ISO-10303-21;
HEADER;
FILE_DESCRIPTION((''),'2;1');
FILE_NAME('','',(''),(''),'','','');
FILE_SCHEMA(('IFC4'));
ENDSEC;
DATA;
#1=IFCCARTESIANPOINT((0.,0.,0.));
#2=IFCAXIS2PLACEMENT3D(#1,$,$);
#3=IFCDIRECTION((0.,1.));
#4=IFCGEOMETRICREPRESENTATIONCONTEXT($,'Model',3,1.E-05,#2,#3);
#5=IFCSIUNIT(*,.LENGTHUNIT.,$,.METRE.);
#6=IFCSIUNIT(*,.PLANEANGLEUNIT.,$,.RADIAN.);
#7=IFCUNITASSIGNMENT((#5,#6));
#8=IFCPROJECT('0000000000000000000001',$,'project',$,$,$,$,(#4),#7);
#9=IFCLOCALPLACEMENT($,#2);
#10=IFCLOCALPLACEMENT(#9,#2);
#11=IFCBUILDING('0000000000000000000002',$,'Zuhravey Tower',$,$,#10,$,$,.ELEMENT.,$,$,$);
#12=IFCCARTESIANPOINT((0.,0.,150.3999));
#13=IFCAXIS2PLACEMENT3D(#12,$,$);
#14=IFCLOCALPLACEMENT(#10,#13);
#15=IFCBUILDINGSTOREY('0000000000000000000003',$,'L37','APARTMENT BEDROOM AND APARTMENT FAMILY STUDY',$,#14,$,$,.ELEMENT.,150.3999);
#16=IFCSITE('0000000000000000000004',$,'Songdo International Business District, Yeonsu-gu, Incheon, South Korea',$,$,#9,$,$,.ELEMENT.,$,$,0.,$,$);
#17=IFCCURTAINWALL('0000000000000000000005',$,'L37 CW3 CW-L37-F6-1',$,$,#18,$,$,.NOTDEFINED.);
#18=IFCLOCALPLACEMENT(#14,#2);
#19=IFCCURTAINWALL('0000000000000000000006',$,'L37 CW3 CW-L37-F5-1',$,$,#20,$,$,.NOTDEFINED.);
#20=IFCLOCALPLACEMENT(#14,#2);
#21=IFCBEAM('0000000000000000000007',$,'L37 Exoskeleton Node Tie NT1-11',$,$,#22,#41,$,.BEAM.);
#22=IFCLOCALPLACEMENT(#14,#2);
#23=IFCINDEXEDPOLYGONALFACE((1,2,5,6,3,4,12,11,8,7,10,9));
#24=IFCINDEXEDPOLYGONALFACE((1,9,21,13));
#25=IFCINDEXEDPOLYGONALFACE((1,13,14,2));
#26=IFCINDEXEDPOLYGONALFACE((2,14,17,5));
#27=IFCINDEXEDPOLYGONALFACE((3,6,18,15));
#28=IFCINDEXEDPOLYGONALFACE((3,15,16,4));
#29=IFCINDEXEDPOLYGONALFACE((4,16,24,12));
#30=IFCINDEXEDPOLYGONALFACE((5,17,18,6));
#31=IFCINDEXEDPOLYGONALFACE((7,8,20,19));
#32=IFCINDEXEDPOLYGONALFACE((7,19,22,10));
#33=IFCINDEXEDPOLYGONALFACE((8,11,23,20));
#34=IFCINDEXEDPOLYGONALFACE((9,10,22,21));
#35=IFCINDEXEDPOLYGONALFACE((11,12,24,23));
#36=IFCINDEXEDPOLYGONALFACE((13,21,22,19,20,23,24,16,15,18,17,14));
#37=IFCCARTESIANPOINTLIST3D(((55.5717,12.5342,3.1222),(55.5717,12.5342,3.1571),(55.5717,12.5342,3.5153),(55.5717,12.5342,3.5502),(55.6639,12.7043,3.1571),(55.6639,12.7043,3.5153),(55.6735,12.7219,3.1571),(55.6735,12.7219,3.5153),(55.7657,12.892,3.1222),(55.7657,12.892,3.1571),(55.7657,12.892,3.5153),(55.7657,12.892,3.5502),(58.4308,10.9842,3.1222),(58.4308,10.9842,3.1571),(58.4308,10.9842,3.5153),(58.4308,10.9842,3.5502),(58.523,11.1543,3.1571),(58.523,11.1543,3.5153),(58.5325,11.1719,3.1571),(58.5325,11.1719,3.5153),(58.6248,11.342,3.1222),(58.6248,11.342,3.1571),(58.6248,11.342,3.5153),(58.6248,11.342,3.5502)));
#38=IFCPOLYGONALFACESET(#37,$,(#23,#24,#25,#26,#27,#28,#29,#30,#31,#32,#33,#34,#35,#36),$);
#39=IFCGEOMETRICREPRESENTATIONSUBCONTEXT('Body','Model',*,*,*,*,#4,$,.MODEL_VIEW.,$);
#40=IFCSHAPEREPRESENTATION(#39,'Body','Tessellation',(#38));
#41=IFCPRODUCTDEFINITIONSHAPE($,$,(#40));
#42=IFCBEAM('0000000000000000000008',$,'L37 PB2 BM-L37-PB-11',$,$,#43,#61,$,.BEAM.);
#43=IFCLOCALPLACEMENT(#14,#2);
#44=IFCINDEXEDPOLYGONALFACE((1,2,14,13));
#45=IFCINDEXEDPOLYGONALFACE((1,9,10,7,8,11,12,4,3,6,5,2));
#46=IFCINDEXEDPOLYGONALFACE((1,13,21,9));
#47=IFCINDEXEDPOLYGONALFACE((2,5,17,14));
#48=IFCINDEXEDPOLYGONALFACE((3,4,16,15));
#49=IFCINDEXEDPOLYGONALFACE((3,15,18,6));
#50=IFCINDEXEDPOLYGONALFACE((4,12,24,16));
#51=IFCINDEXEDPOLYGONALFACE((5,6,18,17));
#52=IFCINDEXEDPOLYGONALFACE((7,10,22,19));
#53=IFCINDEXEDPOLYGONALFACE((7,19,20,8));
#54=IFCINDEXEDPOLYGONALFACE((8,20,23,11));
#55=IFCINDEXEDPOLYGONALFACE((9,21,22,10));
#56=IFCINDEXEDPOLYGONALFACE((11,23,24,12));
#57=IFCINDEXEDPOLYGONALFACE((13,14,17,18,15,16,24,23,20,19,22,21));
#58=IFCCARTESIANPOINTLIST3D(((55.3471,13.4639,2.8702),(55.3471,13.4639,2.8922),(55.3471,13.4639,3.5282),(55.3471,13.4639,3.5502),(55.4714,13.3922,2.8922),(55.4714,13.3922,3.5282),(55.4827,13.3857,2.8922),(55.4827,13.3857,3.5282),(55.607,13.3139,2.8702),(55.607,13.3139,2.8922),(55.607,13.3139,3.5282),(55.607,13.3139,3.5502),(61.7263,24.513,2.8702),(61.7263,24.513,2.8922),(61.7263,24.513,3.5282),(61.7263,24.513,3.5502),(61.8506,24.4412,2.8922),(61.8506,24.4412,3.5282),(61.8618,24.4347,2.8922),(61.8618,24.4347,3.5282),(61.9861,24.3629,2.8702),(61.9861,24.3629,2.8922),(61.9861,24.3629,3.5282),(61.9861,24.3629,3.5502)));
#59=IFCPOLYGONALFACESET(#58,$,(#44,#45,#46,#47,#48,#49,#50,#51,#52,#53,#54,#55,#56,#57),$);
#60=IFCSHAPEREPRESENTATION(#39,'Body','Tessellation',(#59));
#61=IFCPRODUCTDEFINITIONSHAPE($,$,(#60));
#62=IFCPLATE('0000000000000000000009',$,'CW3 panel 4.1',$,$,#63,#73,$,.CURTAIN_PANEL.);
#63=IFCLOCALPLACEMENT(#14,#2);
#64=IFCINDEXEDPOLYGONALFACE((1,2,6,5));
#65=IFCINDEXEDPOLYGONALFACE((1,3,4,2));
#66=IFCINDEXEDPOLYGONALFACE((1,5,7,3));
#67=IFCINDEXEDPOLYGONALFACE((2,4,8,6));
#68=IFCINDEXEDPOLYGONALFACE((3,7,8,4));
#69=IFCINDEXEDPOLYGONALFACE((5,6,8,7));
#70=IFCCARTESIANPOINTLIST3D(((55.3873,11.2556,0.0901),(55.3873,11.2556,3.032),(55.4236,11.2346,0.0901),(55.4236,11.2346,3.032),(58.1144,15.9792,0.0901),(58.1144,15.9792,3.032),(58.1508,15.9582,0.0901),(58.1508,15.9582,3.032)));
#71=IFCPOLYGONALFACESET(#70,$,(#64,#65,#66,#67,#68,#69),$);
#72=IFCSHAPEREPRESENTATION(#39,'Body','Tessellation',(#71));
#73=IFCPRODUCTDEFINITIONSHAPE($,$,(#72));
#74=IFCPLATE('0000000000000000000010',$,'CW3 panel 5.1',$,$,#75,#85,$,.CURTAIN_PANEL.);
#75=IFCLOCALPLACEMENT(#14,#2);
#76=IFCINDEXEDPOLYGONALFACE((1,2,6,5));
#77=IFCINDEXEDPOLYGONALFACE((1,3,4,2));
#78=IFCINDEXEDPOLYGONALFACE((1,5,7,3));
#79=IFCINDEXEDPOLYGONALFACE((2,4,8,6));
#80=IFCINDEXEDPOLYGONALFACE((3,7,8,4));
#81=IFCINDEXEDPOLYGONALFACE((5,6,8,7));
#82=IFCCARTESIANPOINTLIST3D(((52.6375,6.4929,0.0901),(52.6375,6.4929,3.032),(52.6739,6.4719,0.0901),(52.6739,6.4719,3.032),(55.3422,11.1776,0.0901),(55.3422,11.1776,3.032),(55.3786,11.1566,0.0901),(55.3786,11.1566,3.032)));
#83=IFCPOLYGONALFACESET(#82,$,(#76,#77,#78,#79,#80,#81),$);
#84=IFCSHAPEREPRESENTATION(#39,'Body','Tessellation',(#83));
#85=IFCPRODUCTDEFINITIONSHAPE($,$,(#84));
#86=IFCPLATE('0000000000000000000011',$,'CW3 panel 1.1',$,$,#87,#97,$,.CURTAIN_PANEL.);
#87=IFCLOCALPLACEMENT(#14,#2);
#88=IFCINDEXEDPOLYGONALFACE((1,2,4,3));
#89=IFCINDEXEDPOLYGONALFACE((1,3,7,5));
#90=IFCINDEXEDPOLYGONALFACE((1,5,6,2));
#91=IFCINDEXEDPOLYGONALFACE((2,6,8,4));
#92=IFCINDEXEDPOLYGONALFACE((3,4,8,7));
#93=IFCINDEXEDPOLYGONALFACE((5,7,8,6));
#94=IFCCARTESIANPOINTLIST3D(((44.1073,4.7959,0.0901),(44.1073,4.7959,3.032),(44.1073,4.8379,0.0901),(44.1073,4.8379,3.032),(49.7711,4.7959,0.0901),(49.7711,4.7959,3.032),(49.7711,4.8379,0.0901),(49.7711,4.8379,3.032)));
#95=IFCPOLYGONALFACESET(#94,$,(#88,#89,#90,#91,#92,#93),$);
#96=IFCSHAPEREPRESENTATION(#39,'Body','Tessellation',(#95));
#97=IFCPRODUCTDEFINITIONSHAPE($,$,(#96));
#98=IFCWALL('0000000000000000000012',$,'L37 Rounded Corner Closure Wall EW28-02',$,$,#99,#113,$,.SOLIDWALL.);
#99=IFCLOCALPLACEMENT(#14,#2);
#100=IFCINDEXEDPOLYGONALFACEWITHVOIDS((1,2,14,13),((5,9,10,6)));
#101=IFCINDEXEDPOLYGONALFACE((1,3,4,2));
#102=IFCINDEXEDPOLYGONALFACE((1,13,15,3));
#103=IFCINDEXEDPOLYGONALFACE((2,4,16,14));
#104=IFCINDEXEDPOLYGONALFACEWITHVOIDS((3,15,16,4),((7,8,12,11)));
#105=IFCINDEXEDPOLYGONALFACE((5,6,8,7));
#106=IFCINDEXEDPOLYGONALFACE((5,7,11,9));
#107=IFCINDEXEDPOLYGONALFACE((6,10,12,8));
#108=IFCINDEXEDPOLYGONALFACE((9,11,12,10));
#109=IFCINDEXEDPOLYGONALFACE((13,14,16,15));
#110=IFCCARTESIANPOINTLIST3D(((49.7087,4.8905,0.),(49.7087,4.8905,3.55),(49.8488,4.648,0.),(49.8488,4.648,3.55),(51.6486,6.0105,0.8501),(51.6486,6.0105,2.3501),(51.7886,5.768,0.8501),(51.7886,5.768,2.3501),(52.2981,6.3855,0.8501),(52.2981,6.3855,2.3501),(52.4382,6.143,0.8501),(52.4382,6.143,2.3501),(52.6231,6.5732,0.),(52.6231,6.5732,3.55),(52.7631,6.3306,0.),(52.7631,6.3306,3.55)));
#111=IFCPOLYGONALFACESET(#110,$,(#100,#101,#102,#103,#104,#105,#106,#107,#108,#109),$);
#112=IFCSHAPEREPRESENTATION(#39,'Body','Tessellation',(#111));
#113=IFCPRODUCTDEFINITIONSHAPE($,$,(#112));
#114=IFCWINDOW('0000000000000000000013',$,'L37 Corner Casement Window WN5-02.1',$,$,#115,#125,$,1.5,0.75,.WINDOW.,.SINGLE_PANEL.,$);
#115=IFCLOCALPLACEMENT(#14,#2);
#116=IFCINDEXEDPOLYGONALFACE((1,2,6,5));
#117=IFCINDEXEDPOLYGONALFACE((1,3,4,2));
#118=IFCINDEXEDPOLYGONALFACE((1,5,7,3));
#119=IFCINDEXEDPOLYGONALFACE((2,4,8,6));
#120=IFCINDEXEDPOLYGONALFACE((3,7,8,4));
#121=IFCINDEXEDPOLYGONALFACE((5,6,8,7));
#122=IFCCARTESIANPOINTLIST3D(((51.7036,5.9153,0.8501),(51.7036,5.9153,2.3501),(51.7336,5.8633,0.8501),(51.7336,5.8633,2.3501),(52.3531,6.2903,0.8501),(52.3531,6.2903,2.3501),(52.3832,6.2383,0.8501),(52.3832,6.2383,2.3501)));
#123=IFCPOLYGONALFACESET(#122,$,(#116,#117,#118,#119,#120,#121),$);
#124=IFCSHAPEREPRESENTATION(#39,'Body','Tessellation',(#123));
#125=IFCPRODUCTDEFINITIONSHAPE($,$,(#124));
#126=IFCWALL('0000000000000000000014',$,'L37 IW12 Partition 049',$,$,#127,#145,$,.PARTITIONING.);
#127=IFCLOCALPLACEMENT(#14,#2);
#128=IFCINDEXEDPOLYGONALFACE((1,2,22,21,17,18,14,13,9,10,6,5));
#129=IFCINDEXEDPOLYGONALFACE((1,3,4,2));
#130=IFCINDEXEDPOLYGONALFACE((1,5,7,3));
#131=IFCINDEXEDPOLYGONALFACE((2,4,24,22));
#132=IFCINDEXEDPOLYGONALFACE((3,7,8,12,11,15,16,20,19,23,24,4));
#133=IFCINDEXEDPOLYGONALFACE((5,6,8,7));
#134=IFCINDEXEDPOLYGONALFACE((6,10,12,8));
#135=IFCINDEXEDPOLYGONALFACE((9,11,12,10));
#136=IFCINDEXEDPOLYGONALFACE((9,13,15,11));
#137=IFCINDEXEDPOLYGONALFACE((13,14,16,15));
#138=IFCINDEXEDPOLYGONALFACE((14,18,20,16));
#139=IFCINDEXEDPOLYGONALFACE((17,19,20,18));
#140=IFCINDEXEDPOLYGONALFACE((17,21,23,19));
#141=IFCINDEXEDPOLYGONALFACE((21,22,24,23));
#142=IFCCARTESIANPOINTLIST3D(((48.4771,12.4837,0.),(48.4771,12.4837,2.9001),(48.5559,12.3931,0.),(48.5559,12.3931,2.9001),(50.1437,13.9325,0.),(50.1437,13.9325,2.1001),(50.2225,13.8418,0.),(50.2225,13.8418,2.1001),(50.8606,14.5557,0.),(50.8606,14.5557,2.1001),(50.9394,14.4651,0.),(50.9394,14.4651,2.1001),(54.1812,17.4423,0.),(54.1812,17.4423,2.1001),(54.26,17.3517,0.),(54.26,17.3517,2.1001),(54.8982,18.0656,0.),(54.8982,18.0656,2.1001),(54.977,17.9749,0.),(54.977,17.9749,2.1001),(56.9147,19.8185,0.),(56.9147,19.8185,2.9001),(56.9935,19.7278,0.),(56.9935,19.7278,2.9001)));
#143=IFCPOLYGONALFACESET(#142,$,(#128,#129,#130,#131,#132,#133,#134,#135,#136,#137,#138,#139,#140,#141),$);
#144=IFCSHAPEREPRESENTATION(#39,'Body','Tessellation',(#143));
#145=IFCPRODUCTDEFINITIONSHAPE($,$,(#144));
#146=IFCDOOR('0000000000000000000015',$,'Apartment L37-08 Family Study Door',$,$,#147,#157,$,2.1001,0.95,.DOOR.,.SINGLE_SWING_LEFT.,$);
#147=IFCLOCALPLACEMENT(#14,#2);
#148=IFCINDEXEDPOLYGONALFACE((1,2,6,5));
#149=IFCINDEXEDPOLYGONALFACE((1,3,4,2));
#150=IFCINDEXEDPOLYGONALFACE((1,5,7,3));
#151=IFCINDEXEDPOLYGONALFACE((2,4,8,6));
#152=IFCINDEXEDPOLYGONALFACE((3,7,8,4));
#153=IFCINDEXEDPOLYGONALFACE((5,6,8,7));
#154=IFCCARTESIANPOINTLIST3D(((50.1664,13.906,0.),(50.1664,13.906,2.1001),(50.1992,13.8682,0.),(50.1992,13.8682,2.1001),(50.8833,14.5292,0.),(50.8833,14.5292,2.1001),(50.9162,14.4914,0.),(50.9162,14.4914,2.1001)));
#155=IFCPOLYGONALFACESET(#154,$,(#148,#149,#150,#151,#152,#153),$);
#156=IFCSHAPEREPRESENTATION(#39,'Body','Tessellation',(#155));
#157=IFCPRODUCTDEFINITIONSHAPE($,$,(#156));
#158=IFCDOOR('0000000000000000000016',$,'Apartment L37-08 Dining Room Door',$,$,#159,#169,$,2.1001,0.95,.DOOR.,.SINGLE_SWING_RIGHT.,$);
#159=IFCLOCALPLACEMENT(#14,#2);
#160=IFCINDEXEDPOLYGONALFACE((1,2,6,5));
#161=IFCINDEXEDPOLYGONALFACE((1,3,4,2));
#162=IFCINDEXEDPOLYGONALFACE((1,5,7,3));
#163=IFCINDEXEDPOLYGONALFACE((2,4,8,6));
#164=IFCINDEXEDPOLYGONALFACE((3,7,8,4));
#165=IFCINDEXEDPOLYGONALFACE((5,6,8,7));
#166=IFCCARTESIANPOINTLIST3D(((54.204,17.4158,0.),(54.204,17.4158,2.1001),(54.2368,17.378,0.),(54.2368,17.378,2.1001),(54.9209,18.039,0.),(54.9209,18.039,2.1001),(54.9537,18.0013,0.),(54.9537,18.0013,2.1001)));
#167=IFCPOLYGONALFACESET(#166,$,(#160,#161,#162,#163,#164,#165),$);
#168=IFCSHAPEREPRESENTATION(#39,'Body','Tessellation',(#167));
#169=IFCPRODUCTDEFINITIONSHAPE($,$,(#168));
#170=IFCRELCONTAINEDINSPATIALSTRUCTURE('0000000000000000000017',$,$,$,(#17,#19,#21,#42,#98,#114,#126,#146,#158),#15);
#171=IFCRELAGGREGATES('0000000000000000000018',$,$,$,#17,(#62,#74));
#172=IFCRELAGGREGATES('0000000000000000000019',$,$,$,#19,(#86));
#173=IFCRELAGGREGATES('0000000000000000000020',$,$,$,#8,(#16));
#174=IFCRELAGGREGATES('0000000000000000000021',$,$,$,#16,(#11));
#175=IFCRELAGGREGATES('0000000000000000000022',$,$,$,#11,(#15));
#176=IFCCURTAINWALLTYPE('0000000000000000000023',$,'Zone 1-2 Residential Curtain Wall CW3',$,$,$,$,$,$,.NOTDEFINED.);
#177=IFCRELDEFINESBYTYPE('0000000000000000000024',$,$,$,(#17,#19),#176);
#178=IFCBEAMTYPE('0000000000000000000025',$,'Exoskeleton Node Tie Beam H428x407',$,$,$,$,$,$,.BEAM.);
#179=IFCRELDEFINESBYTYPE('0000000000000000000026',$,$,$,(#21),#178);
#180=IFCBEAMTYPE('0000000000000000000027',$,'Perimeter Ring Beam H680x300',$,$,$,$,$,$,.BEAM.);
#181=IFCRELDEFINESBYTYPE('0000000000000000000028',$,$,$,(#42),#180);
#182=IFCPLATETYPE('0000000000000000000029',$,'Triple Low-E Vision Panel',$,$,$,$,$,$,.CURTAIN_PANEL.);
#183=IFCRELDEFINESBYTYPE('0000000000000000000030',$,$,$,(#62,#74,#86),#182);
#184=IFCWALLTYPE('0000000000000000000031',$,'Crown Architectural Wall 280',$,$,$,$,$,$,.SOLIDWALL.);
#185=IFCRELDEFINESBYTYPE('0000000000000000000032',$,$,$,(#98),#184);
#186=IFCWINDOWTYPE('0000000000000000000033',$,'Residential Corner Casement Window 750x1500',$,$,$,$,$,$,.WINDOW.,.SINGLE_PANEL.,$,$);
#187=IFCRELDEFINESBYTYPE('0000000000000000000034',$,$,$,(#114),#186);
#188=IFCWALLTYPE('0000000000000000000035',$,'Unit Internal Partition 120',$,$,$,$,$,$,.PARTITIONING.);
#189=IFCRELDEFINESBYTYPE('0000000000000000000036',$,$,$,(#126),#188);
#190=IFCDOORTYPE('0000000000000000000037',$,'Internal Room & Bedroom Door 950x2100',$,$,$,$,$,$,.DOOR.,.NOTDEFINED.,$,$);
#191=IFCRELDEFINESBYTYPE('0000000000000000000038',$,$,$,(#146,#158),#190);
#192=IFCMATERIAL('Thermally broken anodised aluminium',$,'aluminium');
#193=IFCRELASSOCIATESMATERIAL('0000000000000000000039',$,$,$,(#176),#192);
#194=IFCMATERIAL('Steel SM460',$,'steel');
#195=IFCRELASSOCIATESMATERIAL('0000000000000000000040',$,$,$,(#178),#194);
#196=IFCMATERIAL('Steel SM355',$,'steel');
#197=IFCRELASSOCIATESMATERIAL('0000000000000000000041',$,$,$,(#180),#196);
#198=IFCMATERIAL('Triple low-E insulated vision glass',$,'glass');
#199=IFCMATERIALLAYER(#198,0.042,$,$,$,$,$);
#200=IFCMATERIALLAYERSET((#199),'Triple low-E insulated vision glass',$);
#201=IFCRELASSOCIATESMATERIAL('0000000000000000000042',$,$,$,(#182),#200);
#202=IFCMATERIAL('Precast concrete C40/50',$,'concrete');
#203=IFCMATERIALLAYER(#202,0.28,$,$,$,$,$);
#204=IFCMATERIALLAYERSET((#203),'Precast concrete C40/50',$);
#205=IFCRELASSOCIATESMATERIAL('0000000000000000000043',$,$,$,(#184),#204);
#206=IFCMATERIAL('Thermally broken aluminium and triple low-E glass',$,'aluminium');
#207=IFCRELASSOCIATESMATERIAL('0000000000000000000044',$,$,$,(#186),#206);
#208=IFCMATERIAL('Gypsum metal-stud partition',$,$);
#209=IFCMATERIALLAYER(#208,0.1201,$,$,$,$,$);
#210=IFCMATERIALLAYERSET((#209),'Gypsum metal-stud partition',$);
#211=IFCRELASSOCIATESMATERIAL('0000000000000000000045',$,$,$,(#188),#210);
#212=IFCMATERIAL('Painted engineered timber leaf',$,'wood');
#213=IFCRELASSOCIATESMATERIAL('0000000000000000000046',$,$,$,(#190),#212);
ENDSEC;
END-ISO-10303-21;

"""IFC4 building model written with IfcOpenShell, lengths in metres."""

from ifc_helpers import new_model, si_unit, direction, frame, frame_2d, origin, origin_2d, place, context, subcontext, project, spatial, rectangle, i_section, extrude, material, layer, layer_set, material_profile, profile_set, type_object, element, fill, aggregate, save


model = new_model("IFC4")

# Units and contexts
model_context = context("Model", 3, precision=1e-05, world=origin(), true_north=direction((0.0, 1.0)))
body_context = subcontext(model_context, "Body", "Model", "MODEL_VIEW")
ifc_project = project(units=[si_unit("LENGTHUNIT", "METRE"), si_unit("PLANEANGLEUNIT", "RADIAN")], contexts=[model_context])

# Site, building, storey
site_placement = place(None, origin())
site = spatial("IfcSite", under=ifc_project, at=site_placement, Name="Songdo International Business District, Yeonsu-gu, Incheon, South Korea", CompositionType="ELEMENT", RefElevation=0.0)
building_placement = place(site_placement, origin())
building = spatial("IfcBuilding", under=site, at=building_placement, Name="Zuhravey Tower", CompositionType="ELEMENT")
storey_placement = place(building_placement, frame((0.0, 0.0, 150.3999)))
storey = spatial("IfcBuildingStorey", under=building, at=storey_placement, Name="L37", Description="APARTMENT BEDROOM AND APARTMENT FAMILY STUDY", CompositionType="ELEMENT", Elevation=150.3999)

# Curtain wall
ifc_material_1 = material(Name="Thermally broken anodised aluminium", Category="aluminium")
curtain_wall_type = type_object("IfcCurtainWallType", Name="Zone 1-2 Residential Curtain Wall CW3", PredefinedType="NOTDEFINED", material=ifc_material_1)
curtain_wall_1_placement = place(storey_placement, origin())
curtain_wall_1 = element("IfcCurtainWall", 1, at=curtain_wall_1_placement, inside=storey, type_object=curtain_wall_type, Name="L37 CW3 CW-L37-F6-1", PredefinedType="NOTDEFINED")

# Curtain wall
curtain_wall_2_placement = place(storey_placement, origin())
curtain_wall_2 = element("IfcCurtainWall", 2, at=curtain_wall_2_placement, inside=storey, type_object=curtain_wall_type, Name="L37 CW3 CW-L37-F5-1", PredefinedType="NOTDEFINED")

# Beams
ifc_material_2 = material(Name="Steel SM460", Category="steel")
ifc_material_profile_1 = material_profile(ifc_material_2, i_section(OverallWidth=0.407, OverallDepth=0.428, WebThickness=0.02, FlangeThickness=0.0349, at=origin_2d()), Name="H-428x407x20x35")
ifc_profile_set_1 = profile_set([ifc_material_profile_1], Name="Steel SM460")
beam_type_1 = type_object("IfcBeamType", Name="Exoskeleton Node Tie Beam H428x407", PredefinedType="BEAM", material=ifc_profile_set_1)
beam_1_placement = place(storey_placement, frame((55.6687, 12.7131, 3.3362), z_axis=(0.879118, -0.476605, 0.0), x_axis=(0.476605, 0.879118, 0.0)))
element("IfcBeam", 3, at=beam_1_placement, inside=storey, type_object=beam_type_1, Name="L37 Exoskeleton Node Tie NT1-11", PredefinedType="BEAM", context=body_context, shape_type="SweptSolid", body=[
    extrude(i_section(OverallWidth=0.407, OverallDepth=0.428, WebThickness=0.02, FlangeThickness=0.0349, at=origin_2d()), origin(), (0.0, 0.0, 1.0), 3.2522),
])
ifc_material_3 = material(Name="Steel SM355", Category="steel")
ifc_material_profile_2 = material_profile(ifc_material_3, i_section(OverallWidth=0.3, OverallDepth=0.6799, WebThickness=0.0129, FlangeThickness=0.022, at=origin_2d()), Name="H-680x300x13x22")
ifc_profile_set_2 = profile_set([ifc_material_profile_2], Name="Steel SM355")
beam_type_2 = type_object("IfcBeamType", Name="Perimeter Ring Beam H680x300", PredefinedType="BEAM", material=ifc_profile_set_2)
beam_2_placement = place(storey_placement, frame((55.4771, 13.3889, 3.2102), z_axis=(0.499998, 0.866027, 0.0), x_axis=(-0.866027, 0.499998, 0.0)))
element("IfcBeam", 4, at=beam_2_placement, inside=storey, type_object=beam_type_2, Name="L37 PB2 BM-L37-PB-11", PredefinedType="BEAM", context=body_context, shape_type="SweptSolid", body=[
    extrude(i_section(OverallWidth=0.3, OverallDepth=0.6799, WebThickness=0.0129, FlangeThickness=0.022, at=origin_2d()), origin(), (0.0, 0.0, 1.0), 12.7583),
])

# Plates
ifc_material_4 = material(Name="Triple low-E insulated vision glass", Category="glass")
ifc_layer_1 = layer(ifc_material_4, 0.042)
ifc_layer_set_1 = layer_set([ifc_layer_1], Name="Triple low-E insulated vision glass")
plate_type = type_object("IfcPlateType", Name="Triple Low-E Vision Panel", PredefinedType="CURTAIN_PANEL", material=ifc_layer_set_1)
plate_1_placement = place(storey_placement, frame((56.769, 13.6069, 0.0901), z_axis=(0.0, 0.0, 1.0), x_axis=(-0.5, -0.866025, 0.0)))
plate_1 = element("IfcPlate", 5, at=plate_1_placement, type_object=plate_type, Name="CW3 panel 4.1", PredefinedType="CURTAIN_PANEL", context=body_context, shape_type="SweptSolid", body=[
    extrude(rectangle(XDim=5.4543, YDim=0.042, at=origin_2d()), origin(), (0.0, 0.0, 1.0), 2.9419),
])
plate_2_placement = place(storey_placement, frame((54.0081, 8.8247, 0.0901), z_axis=(0.0, 0.0, 1.0), x_axis=(-0.5, -0.866025, 0.0)))
plate_2 = element("IfcPlate", 6, at=plate_2_placement, type_object=plate_type, Name="CW3 panel 5.1", PredefinedType="CURTAIN_PANEL", context=body_context, shape_type="SweptSolid", body=[
    extrude(rectangle(XDim=5.4094, YDim=0.042, at=origin_2d()), origin(), (0.0, 0.0, 1.0), 2.9419),
])
aggregate(curtain_wall_1, [plate_1, plate_2])
plate_3_placement = place(storey_placement, frame((46.9392, 4.8169, 0.0901), z_axis=(0.0, 0.0, 1.0), x_axis=(-1.0, 0.0, 0.0)))
plate_3 = element("IfcPlate", 7, at=plate_3_placement, type_object=plate_type, Name="CW3 panel 1.1", PredefinedType="CURTAIN_PANEL", context=body_context, shape_type="SweptSolid", body=[
    extrude(rectangle(XDim=5.6638, YDim=0.042, at=origin_2d()), origin(), (0.0, 0.0, 1.0), 2.9419),
])
aggregate(curtain_wall_2, [plate_3])

# Wall, opening, window
ifc_material_5 = material(Name="Precast concrete C40/50", Category="concrete")
ifc_layer_2 = layer(ifc_material_5, 0.28)
ifc_layer_set_2 = layer_set([ifc_layer_2], Name="Precast concrete C40/50")
wall_type_1 = type_object("IfcWallType", Name="Crown Architectural Wall 280", PredefinedType="SOLIDWALL", material=ifc_layer_set_2)
wall_1_placement = place(storey_placement, frame((52.6931, 6.4519, 0.0), z_axis=(0.0, 0.0, 1.0), x_axis=(-0.86602, -0.500009, 0.0)))
wall_1 = element("IfcWall", 8, at=wall_1_placement, inside=storey, type_object=wall_type_1, Name="L37 Rounded Corner Closure Wall EW28-02", PredefinedType="SOLIDWALL", context=body_context, shape_type="SweptSolid", body=[
    extrude(rectangle(XDim=3.3652, YDim=0.28, at=frame_2d((1.6826, 0.0))), origin(), (0.0, 0.0, 1.0), 3.55),
])
opening_1_placement = place(wall_1_placement, frame((0.3752, 0.0, 0.8501)))
opening_1 = element("IfcOpeningElement", 9, at=opening_1_placement, cuts=wall_1, PredefinedType="OPENING", context=body_context, shape_type="SweptSolid", body=[
    extrude(rectangle(XDim=0.75, YDim=1.5, at=frame_2d((0.375, 0.75))), frame((0.0, 0.1521, 0.0), z_axis=(0.0, -1.0, 0.0), x_axis=(1.0, 0.0, 0.0)), (0.0, 0.0, 1.0), 0.304),
])
ifc_material_6 = material(Name="Thermally broken aluminium and triple low-E glass", Category="aluminium")
window_type = type_object("IfcWindowType", Name="Residential Corner Casement Window 750x1500", PartitioningType="SINGLE_PANEL", PredefinedType="WINDOW", material=ifc_material_6)
window_placement = place(opening_1_placement, origin())
window = element("IfcWindow", 10, at=window_placement, inside=storey, type_object=window_type, Name="L37 Corner Casement Window WN5-02.1", OverallHeight=1.5, OverallWidth=0.75, PartitioningType="SINGLE_PANEL", PredefinedType="WINDOW", context=body_context, shape_type="SweptSolid", body=[
    extrude(rectangle(XDim=0.75, YDim=1.5, at=frame_2d((0.375, 0.75))), frame((0.0, 0.03, 0.0), z_axis=(0.0, -1.0, 0.0), x_axis=(1.0, 0.0, 0.0)), (0.0, 0.0, 1.0), 0.0601),
])
fill(opening_1, window)

# Wall, openings, doors
ifc_material_7 = material(Name="Gypsum metal-stud partition")
ifc_layer_3 = layer(ifc_material_7, 0.1201)
ifc_layer_set_3 = layer_set([ifc_layer_3], Name="Gypsum metal-stud partition")
wall_type_2 = type_object("IfcWallType", Name="Unit Internal Partition 120", PredefinedType="PARTITIONING", material=ifc_layer_set_3)
wall_2_placement = place(storey_placement, frame((48.5166, 12.4385, 0.0), z_axis=(0.0, 0.0, 1.0), x_axis=(0.754705, 0.656065, 0.0)))
wall_2 = element("IfcWall", 11, at=wall_2_placement, inside=storey, type_object=wall_type_2, Name="L37 IW12 Partition 049", PredefinedType="PARTITIONING", context=body_context, shape_type="SweptSolid", body=[
    extrude(rectangle(XDim=11.1799, YDim=0.1201, at=frame_2d((5.5898, 0.0))), origin(), (0.0, 0.0, 1.0), 2.9001),
])
opening_2_placement = place(wall_2_placement, frame((2.208, 0.0, 0.0)))
opening_2 = element("IfcOpeningElement", 12, at=opening_2_placement, cuts=wall_2, PredefinedType="OPENING", context=body_context, shape_type="SweptSolid", body=[
    extrude(rectangle(XDim=0.95, YDim=2.1001, at=frame_2d((0.4751, 1.05))), frame((0.0, 0.072, 0.0), z_axis=(0.0, -1.0, 0.0), x_axis=(1.0, 0.0, 0.0)), (0.0, 0.0, 1.0), 0.144),
])
opening_3_placement = place(wall_2_placement, frame((7.5579, 0.0, 0.0)))
opening_3 = element("IfcOpeningElement", 13, at=opening_3_placement, cuts=wall_2, PredefinedType="OPENING", context=body_context, shape_type="SweptSolid", body=[
    extrude(rectangle(XDim=0.95, YDim=2.1001, at=frame_2d((0.4751, 1.05))), frame((0.0, 0.072, 0.0), z_axis=(0.0, -1.0, 0.0), x_axis=(1.0, 0.0, 0.0)), (0.0, 0.0, 1.0), 0.144),
])
ifc_material_8 = material(Name="Painted engineered timber leaf", Category="wood")
door_type = type_object("IfcDoorType", Name="Internal Room & Bedroom Door 950x2100", OperationType="NOTDEFINED", PredefinedType="DOOR", material=ifc_material_8)
door_1_placement = place(opening_2_placement, frame((0.95, 0.0, 0.0), z_axis=(0.0, 0.0, 1.0), x_axis=(-1.0, 0.0, 0.0)))
door_1 = element("IfcDoor", 14, at=door_1_placement, inside=storey, type_object=door_type, Name="Apartment L37-08 Family Study Door", OperationType="SINGLE_SWING_LEFT", OverallHeight=2.1001, OverallWidth=0.95, PredefinedType="DOOR", context=body_context, shape_type="SweptSolid", body=[
    extrude(rectangle(XDim=0.95, YDim=2.1001, at=frame_2d((0.4751, 1.05))), frame((0.0, 0.0249, 0.0), z_axis=(0.0, -1.0, 0.0), x_axis=(1.0, 0.0, 0.0)), (0.0, 0.0, 1.0), 0.05),
])
fill(opening_2, door_1)
door_2_placement = place(opening_3_placement, frame((0.95, 0.0, 0.0), z_axis=(0.0, 0.0, 1.0), x_axis=(-1.0, 0.0, 0.0)))
door_2 = element("IfcDoor", 15, at=door_2_placement, inside=storey, type_object=door_type, Name="Apartment L37-08 Dining Room Door", OperationType="SINGLE_SWING_RIGHT", OverallHeight=2.1001, OverallWidth=0.95, PredefinedType="DOOR", context=body_context, shape_type="SweptSolid", body=[
    extrude(rectangle(XDim=0.95, YDim=2.1001, at=frame_2d((0.4751, 1.05))), frame((0.0, 0.0249, 0.0), z_axis=(0.0, -1.0, 0.0), x_axis=(1.0, 0.0, 0.0)), (0.0, 0.0, 1.0), 0.05),
])
fill(opening_3, door_2)

save(model, "model.ifc")
